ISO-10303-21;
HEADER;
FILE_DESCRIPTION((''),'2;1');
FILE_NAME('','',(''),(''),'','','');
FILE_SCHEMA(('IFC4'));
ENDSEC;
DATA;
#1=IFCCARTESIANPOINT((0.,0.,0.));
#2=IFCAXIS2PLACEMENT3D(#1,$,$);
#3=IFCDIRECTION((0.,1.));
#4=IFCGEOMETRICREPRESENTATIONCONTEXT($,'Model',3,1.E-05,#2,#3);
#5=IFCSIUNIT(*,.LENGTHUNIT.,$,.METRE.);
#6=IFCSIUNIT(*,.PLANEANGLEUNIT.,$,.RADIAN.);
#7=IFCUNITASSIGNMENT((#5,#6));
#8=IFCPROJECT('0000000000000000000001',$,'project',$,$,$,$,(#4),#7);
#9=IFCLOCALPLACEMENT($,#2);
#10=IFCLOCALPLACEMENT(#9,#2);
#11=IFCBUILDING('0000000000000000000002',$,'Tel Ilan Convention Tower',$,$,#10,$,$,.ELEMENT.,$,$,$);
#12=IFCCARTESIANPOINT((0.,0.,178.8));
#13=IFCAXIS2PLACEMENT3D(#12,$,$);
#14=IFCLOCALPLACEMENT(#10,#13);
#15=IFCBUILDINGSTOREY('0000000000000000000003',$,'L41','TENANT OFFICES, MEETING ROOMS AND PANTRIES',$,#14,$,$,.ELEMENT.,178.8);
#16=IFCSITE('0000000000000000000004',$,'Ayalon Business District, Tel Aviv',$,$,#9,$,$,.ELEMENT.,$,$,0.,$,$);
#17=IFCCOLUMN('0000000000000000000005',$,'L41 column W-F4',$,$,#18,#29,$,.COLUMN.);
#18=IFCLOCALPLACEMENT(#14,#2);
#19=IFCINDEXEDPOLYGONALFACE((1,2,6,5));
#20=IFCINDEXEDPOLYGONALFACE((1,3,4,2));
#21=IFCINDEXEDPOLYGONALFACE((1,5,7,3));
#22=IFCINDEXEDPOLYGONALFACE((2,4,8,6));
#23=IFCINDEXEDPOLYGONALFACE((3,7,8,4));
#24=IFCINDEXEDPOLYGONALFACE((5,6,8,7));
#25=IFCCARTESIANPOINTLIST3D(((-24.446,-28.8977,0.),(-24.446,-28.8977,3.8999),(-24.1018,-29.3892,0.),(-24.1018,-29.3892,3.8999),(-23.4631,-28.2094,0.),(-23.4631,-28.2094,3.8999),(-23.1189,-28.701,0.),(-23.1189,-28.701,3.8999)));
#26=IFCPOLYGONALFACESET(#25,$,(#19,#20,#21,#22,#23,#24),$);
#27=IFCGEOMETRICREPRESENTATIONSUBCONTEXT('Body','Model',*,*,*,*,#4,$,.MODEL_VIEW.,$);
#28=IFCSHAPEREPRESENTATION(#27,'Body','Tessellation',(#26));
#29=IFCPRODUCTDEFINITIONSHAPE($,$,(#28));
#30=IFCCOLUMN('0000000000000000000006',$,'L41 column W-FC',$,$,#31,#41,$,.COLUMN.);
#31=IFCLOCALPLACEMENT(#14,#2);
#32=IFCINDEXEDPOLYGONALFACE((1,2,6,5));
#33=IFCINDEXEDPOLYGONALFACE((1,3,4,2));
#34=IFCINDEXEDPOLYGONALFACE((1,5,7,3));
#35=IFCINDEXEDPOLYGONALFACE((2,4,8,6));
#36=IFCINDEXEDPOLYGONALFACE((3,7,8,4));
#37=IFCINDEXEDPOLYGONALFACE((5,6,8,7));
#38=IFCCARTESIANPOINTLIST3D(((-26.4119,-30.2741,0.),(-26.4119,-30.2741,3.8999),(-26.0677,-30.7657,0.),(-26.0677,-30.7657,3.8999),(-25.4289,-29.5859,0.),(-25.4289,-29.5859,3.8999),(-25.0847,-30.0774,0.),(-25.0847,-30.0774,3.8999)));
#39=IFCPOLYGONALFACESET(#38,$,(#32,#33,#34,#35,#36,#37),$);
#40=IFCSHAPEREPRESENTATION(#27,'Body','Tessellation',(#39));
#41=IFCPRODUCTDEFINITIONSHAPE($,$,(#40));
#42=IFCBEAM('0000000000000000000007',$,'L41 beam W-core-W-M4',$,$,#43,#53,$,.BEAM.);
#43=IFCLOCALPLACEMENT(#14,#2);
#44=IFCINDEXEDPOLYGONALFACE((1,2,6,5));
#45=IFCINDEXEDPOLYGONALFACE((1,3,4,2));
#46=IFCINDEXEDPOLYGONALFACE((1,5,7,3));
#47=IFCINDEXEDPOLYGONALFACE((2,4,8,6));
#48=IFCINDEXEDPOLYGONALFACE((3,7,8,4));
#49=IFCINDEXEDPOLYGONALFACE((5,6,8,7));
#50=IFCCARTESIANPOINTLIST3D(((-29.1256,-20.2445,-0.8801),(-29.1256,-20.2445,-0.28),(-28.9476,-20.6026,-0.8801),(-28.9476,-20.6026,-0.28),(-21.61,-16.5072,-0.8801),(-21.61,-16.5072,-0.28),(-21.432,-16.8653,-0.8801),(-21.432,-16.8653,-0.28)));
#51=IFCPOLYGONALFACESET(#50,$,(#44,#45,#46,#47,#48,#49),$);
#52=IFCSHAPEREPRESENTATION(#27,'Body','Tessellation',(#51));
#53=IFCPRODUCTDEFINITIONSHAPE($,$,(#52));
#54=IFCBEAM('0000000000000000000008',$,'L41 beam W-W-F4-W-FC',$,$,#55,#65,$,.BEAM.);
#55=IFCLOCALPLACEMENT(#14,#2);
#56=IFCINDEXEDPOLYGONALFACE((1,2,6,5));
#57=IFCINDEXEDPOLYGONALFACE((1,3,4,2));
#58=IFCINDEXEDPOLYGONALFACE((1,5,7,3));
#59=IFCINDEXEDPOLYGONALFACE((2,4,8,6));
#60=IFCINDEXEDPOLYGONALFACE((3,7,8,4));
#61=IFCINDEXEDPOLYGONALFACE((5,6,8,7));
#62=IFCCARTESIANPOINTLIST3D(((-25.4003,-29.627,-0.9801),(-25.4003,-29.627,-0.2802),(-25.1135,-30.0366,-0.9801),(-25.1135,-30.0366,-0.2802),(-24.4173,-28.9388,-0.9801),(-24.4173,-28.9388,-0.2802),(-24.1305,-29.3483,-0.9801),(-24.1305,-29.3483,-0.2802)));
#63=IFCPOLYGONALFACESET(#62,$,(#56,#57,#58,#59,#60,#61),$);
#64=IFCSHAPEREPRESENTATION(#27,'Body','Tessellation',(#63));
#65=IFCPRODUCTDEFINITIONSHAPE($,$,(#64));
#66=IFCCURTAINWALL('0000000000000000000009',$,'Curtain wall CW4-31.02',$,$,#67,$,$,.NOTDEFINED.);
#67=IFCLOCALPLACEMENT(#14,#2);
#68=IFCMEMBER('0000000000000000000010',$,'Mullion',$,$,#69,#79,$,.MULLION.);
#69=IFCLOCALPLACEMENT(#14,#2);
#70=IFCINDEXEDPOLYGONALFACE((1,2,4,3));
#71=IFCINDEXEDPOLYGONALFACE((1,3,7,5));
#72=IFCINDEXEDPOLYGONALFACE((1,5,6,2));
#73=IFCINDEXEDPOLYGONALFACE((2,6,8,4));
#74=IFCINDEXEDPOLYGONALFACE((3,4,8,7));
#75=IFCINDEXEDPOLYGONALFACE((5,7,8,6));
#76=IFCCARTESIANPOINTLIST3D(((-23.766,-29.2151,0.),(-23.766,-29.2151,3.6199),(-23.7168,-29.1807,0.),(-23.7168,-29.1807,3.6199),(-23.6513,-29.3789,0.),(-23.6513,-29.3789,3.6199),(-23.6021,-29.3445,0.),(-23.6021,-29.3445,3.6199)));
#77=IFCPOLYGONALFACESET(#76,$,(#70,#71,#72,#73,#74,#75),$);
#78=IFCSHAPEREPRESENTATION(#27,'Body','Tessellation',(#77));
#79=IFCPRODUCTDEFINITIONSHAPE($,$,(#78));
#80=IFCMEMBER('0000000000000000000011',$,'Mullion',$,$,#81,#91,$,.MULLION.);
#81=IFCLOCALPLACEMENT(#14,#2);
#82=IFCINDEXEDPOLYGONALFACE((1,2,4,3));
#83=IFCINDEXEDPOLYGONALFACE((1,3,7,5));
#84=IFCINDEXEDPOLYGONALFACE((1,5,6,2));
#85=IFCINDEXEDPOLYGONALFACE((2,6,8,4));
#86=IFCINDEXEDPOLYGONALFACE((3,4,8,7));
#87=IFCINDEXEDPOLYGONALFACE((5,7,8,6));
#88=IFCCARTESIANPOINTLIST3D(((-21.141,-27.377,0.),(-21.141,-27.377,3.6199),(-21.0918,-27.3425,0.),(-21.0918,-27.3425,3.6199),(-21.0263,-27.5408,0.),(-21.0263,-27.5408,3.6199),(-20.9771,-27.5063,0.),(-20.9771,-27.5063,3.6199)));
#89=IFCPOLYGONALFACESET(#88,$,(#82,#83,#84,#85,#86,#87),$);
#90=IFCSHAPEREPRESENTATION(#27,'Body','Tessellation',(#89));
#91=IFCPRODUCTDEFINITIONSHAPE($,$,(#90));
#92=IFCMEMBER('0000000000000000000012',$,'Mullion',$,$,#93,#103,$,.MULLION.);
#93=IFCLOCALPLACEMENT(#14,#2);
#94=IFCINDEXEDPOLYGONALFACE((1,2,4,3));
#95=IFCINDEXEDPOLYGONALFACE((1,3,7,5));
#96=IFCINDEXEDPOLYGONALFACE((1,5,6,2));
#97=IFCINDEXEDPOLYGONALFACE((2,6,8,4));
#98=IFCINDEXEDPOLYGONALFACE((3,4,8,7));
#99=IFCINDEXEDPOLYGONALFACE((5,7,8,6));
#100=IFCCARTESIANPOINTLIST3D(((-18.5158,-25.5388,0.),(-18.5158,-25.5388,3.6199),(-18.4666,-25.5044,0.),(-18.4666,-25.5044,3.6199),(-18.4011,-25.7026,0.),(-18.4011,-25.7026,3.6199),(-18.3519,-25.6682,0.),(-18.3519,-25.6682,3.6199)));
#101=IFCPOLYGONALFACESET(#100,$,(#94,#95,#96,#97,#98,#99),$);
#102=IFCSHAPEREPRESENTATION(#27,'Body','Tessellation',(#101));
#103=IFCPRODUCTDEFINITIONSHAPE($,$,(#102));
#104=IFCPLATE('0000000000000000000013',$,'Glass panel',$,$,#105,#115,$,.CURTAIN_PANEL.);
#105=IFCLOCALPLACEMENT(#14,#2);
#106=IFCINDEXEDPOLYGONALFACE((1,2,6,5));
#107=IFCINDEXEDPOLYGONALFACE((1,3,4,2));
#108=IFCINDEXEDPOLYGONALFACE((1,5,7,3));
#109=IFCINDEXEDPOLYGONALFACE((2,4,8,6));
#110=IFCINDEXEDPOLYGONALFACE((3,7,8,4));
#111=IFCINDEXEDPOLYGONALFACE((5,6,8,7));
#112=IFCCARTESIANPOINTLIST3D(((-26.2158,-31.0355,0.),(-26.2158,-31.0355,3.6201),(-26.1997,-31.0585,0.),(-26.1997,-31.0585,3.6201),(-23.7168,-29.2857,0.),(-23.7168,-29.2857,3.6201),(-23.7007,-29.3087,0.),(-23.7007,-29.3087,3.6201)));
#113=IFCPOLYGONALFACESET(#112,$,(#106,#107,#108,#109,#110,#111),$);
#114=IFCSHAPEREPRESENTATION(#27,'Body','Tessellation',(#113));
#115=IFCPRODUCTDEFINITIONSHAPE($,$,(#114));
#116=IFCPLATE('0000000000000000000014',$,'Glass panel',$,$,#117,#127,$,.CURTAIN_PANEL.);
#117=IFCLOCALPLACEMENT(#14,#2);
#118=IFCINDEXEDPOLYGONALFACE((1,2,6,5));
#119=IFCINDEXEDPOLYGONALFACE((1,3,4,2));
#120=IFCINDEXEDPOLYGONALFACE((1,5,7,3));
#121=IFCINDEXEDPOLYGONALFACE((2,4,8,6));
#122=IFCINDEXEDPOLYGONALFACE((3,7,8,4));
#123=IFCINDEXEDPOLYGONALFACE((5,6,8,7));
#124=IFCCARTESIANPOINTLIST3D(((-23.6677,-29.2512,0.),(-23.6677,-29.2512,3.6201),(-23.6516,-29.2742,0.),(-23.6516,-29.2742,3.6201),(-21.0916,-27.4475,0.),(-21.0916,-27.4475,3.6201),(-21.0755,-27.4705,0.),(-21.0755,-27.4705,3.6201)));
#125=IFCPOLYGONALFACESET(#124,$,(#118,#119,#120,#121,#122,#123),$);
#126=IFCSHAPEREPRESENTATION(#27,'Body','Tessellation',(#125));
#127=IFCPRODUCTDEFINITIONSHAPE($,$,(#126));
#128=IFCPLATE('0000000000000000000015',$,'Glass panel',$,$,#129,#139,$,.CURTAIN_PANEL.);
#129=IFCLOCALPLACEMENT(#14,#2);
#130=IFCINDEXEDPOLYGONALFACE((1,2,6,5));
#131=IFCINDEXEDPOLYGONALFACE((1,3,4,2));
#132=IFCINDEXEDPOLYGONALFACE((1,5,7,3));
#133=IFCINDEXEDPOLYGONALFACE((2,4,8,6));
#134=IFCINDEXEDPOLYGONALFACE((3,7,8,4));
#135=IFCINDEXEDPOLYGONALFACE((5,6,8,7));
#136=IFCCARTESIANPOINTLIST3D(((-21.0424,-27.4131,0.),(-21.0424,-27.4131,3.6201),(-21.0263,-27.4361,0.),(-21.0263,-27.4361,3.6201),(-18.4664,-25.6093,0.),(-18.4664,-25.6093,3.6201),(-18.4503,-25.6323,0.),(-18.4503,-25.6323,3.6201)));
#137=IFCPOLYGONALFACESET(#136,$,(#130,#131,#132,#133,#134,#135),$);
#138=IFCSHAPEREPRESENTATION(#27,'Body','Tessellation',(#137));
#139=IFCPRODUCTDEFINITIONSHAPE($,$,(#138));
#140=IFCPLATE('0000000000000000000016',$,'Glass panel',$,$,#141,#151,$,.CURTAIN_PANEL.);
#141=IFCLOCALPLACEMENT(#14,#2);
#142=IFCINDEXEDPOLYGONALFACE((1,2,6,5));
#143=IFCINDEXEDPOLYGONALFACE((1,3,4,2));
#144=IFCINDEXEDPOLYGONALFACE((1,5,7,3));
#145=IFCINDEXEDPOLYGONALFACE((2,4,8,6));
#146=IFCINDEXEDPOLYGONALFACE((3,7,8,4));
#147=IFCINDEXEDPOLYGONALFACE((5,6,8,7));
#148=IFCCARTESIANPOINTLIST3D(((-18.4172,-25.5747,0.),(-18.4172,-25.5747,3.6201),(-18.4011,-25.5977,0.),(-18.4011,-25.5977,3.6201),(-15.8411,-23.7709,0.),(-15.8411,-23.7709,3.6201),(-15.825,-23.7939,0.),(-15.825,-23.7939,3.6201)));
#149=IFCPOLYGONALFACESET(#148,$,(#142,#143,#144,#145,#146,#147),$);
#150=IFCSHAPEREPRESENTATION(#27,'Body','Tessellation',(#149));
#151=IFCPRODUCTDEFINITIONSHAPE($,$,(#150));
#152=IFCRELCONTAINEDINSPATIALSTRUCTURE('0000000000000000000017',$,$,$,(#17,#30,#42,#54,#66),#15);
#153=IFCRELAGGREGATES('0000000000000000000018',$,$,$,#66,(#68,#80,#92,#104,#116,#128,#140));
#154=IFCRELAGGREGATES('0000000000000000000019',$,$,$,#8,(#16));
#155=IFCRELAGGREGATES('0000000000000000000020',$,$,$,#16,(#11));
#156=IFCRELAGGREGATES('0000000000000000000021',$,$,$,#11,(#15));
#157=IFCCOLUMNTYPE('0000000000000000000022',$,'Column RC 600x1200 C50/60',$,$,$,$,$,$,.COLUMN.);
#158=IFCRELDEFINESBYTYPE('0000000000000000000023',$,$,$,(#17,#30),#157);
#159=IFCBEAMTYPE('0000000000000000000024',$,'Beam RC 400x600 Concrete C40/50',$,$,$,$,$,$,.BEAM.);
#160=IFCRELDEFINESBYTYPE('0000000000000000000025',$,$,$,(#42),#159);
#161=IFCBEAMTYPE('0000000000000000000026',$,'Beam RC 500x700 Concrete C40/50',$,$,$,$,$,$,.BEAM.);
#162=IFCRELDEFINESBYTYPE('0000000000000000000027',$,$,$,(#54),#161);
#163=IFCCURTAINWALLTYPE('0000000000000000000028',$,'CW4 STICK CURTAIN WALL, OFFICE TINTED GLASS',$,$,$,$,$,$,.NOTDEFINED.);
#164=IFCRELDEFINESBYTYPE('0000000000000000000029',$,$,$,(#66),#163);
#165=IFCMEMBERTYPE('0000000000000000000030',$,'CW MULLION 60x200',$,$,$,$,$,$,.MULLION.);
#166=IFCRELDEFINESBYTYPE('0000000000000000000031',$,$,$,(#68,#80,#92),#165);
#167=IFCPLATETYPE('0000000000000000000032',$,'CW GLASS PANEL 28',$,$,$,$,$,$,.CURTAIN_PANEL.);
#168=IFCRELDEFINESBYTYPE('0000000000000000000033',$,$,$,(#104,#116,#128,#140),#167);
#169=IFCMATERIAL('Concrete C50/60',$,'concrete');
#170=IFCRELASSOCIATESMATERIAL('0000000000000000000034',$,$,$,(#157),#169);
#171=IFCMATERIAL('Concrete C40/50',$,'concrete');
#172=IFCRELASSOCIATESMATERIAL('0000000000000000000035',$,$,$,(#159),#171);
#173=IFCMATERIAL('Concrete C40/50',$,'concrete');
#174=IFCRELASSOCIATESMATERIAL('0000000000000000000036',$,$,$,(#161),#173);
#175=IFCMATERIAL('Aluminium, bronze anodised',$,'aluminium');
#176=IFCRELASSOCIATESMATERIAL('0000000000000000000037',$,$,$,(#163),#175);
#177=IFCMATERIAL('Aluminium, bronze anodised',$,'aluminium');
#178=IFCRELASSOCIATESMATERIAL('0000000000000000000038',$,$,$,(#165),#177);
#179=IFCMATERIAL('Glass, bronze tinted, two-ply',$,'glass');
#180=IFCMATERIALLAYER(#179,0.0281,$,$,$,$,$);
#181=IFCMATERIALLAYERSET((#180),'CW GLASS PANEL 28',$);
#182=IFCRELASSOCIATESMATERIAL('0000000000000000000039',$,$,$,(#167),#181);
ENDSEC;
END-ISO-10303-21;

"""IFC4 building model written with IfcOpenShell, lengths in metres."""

from ifc_helpers import new_model, si_unit, direction, frame, origin, origin_2d, place, context, subcontext, project, spatial, rectangle, extrude, material, layer, layer_set, material_profile, profile_set, type_object, element, aggregate, save


model = new_model("IFC4")

# Units and contexts
model_context = context("Model", 3, precision=1e-05, world=origin(), true_north=direction((0.0, 1.0)))
body_context = subcontext(model_context, "Body", "Model", "MODEL_VIEW")
ifc_project = project(units=[si_unit("LENGTHUNIT", "METRE"), si_unit("PLANEANGLEUNIT", "RADIAN")], contexts=[model_context])

# Site, building, storey
site_placement = place(None, origin())
site = spatial("IfcSite", under=ifc_project, at=site_placement, Name="Ayalon Business District, Tel Aviv", CompositionType="ELEMENT", RefElevation=0.0)
building_placement = place(site_placement, origin())
building = spatial("IfcBuilding", under=site, at=building_placement, Name="Tel Ilan Convention Tower", CompositionType="ELEMENT")
storey_placement = place(building_placement, frame((0.0, 0.0, 178.8)))
storey = spatial("IfcBuildingStorey", under=building, at=storey_placement, Name="L41", Description="TENANT OFFICES, MEETING ROOMS AND PANTRIES", CompositionType="ELEMENT", Elevation=178.8)

# Columns
ifc_material_1 = material(Name="Concrete C50/60", Category="concrete")
ifc_material_profile_1 = material_profile(ifc_material_1, rectangle(XDim=1.2, YDim=0.6001, at=origin_2d()), Name="RC 600x1200")
ifc_profile_set_1 = profile_set([ifc_material_profile_1], Name="Concrete C50/60")
column_type = type_object("IfcColumnType", Name="Column RC 600x1200 C50/60", PredefinedType="COLUMN", material=ifc_profile_set_1)
for number, where, z_axis, x_axis, name in (
    (1, (-23.7825, -28.7993, 0.0), (0.0, 0.0, 1.0), (-0.819152, -0.573576, 0.0), "L41 column W-F4"),
    (2, (-25.7483, -30.1758, 0.0), (0.0, 0.0, 1.0), (-0.819152, -0.573576, 0.0), "L41 column W-FC"),
):
    element("IfcColumn", number, at=place(storey_placement, frame(where, z_axis=z_axis, x_axis=x_axis)), inside=storey, type_object=column_type, Name=name, PredefinedType="COLUMN", context=body_context, shape_type="SweptSolid", body=[
        extrude(rectangle(XDim=1.2, YDim=0.6001, at=origin_2d()), origin(), (0.0, 0.0, 1.0), 3.8999),
    ])

# Beams
ifc_material_2 = material(Name="Concrete C40/50", Category="concrete")
ifc_material_profile_2 = material_profile(ifc_material_2, rectangle(XDim=0.3999, YDim=0.6001, at=origin_2d()), Name="RC 400x600")
ifc_profile_set_2 = profile_set([ifc_material_profile_2], Name="Concrete C40/50")
beam_type_1 = type_object("IfcBeamType", Name="Beam RC 400x600 Concrete C40/50", PredefinedType="BEAM", material=ifc_profile_set_2)
beam_1_placement = place(storey_placement, frame((-21.521, -16.6863, -0.5801), z_axis=(-0.895402, -0.445258, 0.0), x_axis=(0.445258, -0.895402, 0.0)))
element("IfcBeam", 3, at=beam_1_placement, inside=storey, type_object=beam_type_1, Name="L41 beam W-core-W-M4", PredefinedType="BEAM", context=body_context, shape_type="SweptSolid", body=[
    extrude(rectangle(XDim=0.3999, YDim=0.6001, at=origin_2d()), origin(), (0.0, 0.0, 1.0), 8.3936),
])
ifc_material_3 = material(Name="Concrete C40/50", Category="concrete")
ifc_material_profile_3 = material_profile(ifc_material_3, rectangle(XDim=0.5, YDim=0.7, at=origin_2d()), Name="RC 500x700")
ifc_profile_set_3 = profile_set([ifc_material_profile_3], Name="Concrete C40/50")
beam_type_2 = type_object("IfcBeamType", Name="Beam RC 500x700 Concrete C40/50", PredefinedType="BEAM", material=ifc_profile_set_3)
beam_2_placement = place(storey_placement, frame((-24.2739, -29.1436, -0.6301), z_axis=(-0.819155, -0.573572, 0.0), x_axis=(0.573572, -0.819155, 0.0)))
element("IfcBeam", 4, at=beam_2_placement, inside=storey, type_object=beam_type_2, Name="L41 beam W-W-F4-W-FC", PredefinedType="BEAM", context=body_context, shape_type="SweptSolid", body=[
    extrude(rectangle(XDim=0.5, YDim=0.7, at=origin_2d()), origin(), (0.0, 0.0, 1.0), 1.2),
])

# Curtain wall, members, plates
ifc_material_4 = material(Name="Aluminium, bronze anodised", Category="aluminium")
curtain_wall_type = type_object("IfcCurtainWallType", Name="CW4 STICK CURTAIN WALL, OFFICE TINTED GLASS", PredefinedType="NOTDEFINED", material=ifc_material_4)
curtain_wall_placement = place(storey_placement, origin())
curtain_wall = element("IfcCurtainWall", 5, at=curtain_wall_placement, inside=storey, type_object=curtain_wall_type, Name="Curtain wall CW4-31.02", PredefinedType="NOTDEFINED")
ifc_material_5 = material(Name="Aluminium, bronze anodised", Category="aluminium")
ifc_material_profile_4 = material_profile(ifc_material_5, rectangle(XDim=0.0601, YDim=0.2, at=origin_2d()), Name="CW MULLION 60x200")
ifc_profile_set_4 = profile_set([ifc_material_profile_4], Name="Aluminium, bronze anodised")
member_type = type_object("IfcMemberType", Name="CW MULLION 60x200", PredefinedType="MULLION", material=ifc_profile_set_4)
member_1_placement = place(storey_placement, frame((-23.6841, -29.2798, 0.0), z_axis=(0.0, 0.0, 1.0), x_axis=(0.819152, 0.573576, 0.0)))
member_1 = element("IfcMember", 6, at=member_1_placement, type_object=member_type, Name="Mullion", PredefinedType="MULLION", context=body_context, shape_type="SweptSolid", body=[
    extrude(rectangle(XDim=0.0601, YDim=0.2, at=origin_2d()), origin(), (0.0, 0.0, 1.0), 3.6199),
])
member_2_placement = place(storey_placement, frame((-21.0591, -27.4417, 0.0), z_axis=(0.0, 0.0, 1.0), x_axis=(0.819152, 0.573576, 0.0)))
member_2 = element("IfcMember", 7, at=member_2_placement, type_object=member_type, Name="Mullion", PredefinedType="MULLION", context=body_context, shape_type="SweptSolid", body=[
    extrude(rectangle(XDim=0.0601, YDim=0.2, at=origin_2d()), origin(), (0.0, 0.0, 1.0), 3.6199),
])
member_3_placement = place(storey_placement, frame((-18.4338, -25.6035, 0.0), z_axis=(0.0, 0.0, 1.0), x_axis=(0.819152, 0.573576, 0.0)))
member_3 = element("IfcMember", 8, at=member_3_placement, type_object=member_type, Name="Mullion", PredefinedType="MULLION", context=body_context, shape_type="SweptSolid", body=[
    extrude(rectangle(XDim=0.0601, YDim=0.2, at=origin_2d()), origin(), (0.0, 0.0, 1.0), 3.6199),
])
ifc_material_6 = material(Name="Glass, bronze tinted, two-ply", Category="glass")
ifc_layer_1 = layer(ifc_material_6, 0.0281)
ifc_layer_set_1 = layer_set([ifc_layer_1], Name="CW GLASS PANEL 28")
plate_type = type_object("IfcPlateType", Name="CW GLASS PANEL 28", PredefinedType="CURTAIN_PANEL", material=ifc_layer_set_1)
plate_1_placement = place(storey_placement, frame((-24.9583, -30.1721, 0.0), z_axis=(0.0, 0.0, 1.0), x_axis=(0.819152, 0.573576, 0.0)))
plate_1 = element("IfcPlate", 9, at=plate_1_placement, type_object=plate_type, Name="Glass panel", PredefinedType="CURTAIN_PANEL", context=body_context, shape_type="SweptSolid", body=[
    extrude(rectangle(XDim=3.0508, YDim=0.0281, at=origin_2d()), origin(), (0.0, 0.0, 1.0), 3.6201),
])
plate_2_placement = place(storey_placement, frame((-22.3716, -28.3608, 0.0), z_axis=(0.0, 0.0, 1.0), x_axis=(0.819152, 0.573576, 0.0)))
plate_2 = element("IfcPlate", 10, at=plate_2_placement, type_object=plate_type, Name="Glass panel", PredefinedType="CURTAIN_PANEL", context=body_context, shape_type="SweptSolid", body=[
    extrude(rectangle(XDim=3.1448, YDim=0.0281, at=origin_2d()), origin(), (0.0, 0.0, 1.0), 3.6201),
])
plate_3_placement = place(storey_placement, frame((-19.7463, -26.5227, 0.0), z_axis=(0.0, 0.0, 1.0), x_axis=(0.819152, 0.573576, 0.0)))
plate_3 = element("IfcPlate", 11, at=plate_3_placement, type_object=plate_type, Name="Glass panel", PredefinedType="CURTAIN_PANEL", context=body_context, shape_type="SweptSolid", body=[
    extrude(rectangle(XDim=3.1448, YDim=0.0281, at=origin_2d()), origin(), (0.0, 0.0, 1.0), 3.6201),
])
plate_4_placement = place(storey_placement, frame((-17.1211, -24.6843, 0.0), z_axis=(0.0, 0.0, 1.0), x_axis=(0.819152, 0.573576, 0.0)))
plate_4 = element("IfcPlate", 12, at=plate_4_placement, type_object=plate_type, Name="Glass panel", PredefinedType="CURTAIN_PANEL", context=body_context, shape_type="SweptSolid", body=[
    extrude(rectangle(XDim=3.1448, YDim=0.0281, at=origin_2d()), origin(), (0.0, 0.0, 1.0), 3.6201),
])
aggregate(curtain_wall, [member_1, member_2, member_3, plate_1, plate_2, plate_3, plate_4])

save(model, "model.ifc")
